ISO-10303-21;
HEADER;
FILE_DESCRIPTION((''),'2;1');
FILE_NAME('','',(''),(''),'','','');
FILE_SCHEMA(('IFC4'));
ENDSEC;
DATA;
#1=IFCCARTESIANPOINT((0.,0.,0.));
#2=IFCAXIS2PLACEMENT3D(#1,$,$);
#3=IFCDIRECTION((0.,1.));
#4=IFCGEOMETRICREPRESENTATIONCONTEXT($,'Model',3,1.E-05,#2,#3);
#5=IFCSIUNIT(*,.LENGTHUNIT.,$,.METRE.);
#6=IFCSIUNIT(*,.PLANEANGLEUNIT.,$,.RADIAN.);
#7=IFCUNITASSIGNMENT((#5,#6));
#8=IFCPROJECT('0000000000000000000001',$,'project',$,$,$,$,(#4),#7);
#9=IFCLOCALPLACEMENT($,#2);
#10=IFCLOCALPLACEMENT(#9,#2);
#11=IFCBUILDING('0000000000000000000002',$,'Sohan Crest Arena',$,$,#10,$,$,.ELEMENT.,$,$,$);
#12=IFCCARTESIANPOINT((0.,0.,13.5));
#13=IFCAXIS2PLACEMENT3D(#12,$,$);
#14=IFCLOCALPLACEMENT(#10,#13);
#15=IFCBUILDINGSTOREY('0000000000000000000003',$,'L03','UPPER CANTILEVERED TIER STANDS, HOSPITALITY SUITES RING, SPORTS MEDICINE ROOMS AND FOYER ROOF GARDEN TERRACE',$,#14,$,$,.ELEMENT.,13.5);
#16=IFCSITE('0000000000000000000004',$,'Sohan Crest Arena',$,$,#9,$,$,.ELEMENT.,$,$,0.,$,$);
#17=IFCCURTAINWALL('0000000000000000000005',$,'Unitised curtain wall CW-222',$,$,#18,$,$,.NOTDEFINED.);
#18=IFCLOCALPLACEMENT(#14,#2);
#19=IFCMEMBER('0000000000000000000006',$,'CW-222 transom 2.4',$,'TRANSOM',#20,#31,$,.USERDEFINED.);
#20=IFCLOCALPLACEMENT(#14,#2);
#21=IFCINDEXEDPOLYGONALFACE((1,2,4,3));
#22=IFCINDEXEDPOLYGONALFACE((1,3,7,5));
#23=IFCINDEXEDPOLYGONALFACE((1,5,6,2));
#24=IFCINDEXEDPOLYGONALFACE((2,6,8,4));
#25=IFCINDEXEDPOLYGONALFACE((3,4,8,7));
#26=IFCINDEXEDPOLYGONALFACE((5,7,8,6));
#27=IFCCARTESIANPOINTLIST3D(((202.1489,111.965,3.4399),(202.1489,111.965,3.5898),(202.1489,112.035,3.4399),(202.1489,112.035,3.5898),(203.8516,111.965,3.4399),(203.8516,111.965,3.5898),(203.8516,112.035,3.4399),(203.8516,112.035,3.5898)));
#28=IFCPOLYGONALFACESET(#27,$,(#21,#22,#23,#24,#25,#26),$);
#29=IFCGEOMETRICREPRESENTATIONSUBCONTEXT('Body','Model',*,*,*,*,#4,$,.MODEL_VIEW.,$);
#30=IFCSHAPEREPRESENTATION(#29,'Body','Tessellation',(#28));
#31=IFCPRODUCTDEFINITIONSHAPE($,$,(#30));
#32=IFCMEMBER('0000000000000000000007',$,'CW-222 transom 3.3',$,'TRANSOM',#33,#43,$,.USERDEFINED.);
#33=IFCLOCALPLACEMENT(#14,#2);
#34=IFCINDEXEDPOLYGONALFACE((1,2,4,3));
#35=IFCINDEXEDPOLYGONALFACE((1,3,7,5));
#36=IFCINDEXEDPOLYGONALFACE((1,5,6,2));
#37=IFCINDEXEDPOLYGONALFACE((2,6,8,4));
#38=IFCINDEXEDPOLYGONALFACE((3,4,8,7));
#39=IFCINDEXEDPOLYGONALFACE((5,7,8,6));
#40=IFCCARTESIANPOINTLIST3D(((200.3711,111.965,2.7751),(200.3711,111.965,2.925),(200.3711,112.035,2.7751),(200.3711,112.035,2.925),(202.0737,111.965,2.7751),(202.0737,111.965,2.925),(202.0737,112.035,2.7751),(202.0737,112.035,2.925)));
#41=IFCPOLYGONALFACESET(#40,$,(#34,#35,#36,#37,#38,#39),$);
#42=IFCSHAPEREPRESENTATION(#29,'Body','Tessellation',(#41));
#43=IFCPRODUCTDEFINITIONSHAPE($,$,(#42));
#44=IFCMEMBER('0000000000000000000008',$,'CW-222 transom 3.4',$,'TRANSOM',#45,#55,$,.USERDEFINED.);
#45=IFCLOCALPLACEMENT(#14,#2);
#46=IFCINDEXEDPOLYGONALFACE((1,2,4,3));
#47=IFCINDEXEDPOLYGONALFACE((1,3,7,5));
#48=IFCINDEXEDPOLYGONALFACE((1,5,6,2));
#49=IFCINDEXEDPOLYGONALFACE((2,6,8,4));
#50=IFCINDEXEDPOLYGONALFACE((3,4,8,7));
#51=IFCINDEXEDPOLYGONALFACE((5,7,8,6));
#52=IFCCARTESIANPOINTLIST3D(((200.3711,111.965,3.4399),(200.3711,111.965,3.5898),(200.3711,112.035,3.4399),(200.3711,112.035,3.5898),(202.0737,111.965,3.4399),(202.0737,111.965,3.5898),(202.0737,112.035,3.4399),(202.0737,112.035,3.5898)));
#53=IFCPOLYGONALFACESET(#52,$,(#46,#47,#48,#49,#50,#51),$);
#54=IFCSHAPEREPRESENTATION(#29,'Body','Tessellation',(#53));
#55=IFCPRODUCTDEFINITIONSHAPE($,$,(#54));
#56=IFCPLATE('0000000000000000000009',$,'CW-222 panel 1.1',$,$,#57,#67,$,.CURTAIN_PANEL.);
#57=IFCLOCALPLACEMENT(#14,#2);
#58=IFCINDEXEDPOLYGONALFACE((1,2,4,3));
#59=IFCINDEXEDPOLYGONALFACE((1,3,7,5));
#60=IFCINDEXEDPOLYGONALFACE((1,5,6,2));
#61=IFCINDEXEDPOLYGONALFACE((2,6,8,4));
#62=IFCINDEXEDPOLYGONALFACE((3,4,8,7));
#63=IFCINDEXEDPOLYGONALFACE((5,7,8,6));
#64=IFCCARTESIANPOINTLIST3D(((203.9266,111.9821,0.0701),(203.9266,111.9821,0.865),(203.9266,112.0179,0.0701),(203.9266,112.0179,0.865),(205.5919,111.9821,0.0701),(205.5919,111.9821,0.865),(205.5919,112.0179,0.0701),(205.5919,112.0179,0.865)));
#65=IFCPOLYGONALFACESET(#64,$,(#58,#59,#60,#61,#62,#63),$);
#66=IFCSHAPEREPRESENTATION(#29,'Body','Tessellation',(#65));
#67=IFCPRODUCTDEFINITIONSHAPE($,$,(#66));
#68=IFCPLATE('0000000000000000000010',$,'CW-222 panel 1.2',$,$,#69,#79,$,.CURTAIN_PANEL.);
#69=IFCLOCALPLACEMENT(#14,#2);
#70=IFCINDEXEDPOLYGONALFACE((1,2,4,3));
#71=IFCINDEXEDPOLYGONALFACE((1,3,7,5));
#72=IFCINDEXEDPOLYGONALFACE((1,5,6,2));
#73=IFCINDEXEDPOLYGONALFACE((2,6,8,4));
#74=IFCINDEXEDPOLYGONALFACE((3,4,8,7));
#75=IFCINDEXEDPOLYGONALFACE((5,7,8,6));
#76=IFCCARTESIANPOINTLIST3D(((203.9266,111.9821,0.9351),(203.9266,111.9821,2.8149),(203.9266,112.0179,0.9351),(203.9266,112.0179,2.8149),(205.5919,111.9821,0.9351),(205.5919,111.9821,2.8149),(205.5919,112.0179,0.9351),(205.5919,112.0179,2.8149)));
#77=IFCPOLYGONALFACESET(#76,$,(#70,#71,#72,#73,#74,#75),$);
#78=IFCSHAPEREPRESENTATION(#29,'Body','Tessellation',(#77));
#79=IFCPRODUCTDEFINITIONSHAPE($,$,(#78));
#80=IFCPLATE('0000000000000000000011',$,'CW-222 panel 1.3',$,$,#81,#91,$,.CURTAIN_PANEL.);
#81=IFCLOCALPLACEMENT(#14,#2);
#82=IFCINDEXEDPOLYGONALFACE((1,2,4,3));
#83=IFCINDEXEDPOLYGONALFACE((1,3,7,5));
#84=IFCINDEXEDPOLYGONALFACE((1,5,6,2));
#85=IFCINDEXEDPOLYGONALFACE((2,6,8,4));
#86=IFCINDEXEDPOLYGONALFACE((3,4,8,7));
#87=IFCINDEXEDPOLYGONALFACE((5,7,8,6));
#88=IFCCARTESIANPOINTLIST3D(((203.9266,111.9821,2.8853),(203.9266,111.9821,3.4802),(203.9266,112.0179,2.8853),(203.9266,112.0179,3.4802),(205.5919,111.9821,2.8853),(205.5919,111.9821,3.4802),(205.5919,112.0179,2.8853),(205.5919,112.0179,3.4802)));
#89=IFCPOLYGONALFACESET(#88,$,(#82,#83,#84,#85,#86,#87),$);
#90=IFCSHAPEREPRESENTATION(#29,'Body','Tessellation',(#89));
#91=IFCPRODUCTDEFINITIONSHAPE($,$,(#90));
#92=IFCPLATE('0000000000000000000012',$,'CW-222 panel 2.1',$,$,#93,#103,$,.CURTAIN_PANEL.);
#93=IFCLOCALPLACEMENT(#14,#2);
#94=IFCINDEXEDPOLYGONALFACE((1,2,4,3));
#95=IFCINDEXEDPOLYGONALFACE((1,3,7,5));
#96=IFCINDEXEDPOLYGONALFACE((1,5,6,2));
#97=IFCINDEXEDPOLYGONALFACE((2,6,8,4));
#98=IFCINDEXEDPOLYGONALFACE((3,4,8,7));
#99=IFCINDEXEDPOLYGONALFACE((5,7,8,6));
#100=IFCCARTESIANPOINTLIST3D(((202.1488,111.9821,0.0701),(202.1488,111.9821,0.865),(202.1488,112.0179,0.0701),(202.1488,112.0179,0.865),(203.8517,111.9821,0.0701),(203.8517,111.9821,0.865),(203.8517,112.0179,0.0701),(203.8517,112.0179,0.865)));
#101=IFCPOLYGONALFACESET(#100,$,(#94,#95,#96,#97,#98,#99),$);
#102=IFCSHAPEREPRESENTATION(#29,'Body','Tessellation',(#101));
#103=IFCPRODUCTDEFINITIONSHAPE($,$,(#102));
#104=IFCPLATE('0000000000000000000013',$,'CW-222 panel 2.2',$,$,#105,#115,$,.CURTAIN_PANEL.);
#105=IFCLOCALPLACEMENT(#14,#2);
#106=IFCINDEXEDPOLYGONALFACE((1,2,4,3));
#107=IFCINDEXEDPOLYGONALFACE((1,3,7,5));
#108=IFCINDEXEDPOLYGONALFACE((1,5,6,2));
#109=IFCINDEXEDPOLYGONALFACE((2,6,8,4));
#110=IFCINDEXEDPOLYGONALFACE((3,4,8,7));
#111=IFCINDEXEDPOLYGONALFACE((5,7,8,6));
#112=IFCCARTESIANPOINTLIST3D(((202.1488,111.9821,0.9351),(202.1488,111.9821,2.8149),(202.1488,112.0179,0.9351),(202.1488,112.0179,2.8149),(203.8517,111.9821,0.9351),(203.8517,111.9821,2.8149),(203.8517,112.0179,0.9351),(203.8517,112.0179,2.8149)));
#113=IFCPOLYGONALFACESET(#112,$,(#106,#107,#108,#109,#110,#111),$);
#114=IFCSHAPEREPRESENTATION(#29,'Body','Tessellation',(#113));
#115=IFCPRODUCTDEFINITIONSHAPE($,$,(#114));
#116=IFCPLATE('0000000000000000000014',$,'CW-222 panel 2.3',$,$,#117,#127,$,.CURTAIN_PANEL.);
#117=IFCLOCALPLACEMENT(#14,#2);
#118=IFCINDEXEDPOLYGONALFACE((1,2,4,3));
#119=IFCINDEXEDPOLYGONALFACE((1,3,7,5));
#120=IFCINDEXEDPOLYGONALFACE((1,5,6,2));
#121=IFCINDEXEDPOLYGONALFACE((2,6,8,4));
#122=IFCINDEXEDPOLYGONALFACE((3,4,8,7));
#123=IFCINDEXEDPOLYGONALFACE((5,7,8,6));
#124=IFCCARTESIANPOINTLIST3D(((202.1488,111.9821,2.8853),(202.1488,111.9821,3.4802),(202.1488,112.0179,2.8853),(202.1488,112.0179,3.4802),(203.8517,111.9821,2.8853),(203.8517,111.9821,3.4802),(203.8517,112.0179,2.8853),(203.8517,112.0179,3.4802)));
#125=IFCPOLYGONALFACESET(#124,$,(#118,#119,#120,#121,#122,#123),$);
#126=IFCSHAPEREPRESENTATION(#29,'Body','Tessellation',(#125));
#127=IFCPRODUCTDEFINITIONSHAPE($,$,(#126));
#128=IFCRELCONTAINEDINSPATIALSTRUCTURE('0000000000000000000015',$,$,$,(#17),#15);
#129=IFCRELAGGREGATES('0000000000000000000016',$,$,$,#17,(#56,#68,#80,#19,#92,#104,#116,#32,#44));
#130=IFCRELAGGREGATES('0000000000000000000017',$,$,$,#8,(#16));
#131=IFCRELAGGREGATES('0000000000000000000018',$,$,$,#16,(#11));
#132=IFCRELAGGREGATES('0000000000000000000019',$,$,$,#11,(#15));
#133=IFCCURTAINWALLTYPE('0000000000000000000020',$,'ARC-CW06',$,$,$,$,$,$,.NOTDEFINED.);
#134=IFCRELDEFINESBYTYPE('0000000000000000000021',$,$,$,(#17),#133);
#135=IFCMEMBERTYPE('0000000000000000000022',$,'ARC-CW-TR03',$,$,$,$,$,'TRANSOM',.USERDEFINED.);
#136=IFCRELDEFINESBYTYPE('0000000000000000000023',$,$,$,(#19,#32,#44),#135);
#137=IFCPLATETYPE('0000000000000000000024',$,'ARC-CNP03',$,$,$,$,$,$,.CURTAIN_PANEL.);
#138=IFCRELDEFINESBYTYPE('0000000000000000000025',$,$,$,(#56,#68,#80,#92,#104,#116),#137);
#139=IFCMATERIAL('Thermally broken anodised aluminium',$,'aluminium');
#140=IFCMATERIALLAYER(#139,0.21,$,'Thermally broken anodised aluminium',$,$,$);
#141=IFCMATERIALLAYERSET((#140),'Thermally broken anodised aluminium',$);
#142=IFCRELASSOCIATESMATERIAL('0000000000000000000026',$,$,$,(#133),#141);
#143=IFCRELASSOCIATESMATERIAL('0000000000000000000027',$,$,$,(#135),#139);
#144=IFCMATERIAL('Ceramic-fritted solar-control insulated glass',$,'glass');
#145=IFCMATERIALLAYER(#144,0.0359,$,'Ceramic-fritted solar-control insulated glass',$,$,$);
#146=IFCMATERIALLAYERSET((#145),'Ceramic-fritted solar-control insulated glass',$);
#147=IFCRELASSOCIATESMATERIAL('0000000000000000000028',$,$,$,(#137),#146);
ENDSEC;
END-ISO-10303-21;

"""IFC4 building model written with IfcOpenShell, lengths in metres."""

from ifc_helpers import new_model, si_unit, direction, frame, origin, origin_2d, place, context, subcontext, project, spatial, rectangle, extrude, material, layer, layer_set, material_profile, profile_set, type_object, element, aggregate, save


model = new_model("IFC4")

# Units and contexts
model_context = context("Model", 3, precision=1e-05, world=origin(), true_north=direction((0.0, 1.0)))
body_context = subcontext(model_context, "Body", "Model", "MODEL_VIEW")
ifc_project = project(units=[si_unit("LENGTHUNIT", "METRE"), si_unit("PLANEANGLEUNIT", "RADIAN")], contexts=[model_context])

# Site, building, storey
site_placement = place(None, origin())
site = spatial("IfcSite", under=ifc_project, at=site_placement, Name="Sohan Crest Arena", CompositionType="ELEMENT", RefElevation=0.0)
building_placement = place(site_placement, origin())
building = spatial("IfcBuilding", under=site, at=building_placement, Name="Sohan Crest Arena", CompositionType="ELEMENT")
storey_placement = place(building_placement, frame((0.0, 0.0, 13.5)))
storey = spatial("IfcBuildingStorey", under=building, at=storey_placement, Name="L03", Description="UPPER CANTILEVERED TIER STANDS, HOSPITALITY SUITES RING, SPORTS MEDICINE ROOMS AND FOYER ROOF GARDEN TERRACE", CompositionType="ELEMENT", Elevation=13.5)

# Curtain wall, members, plates
ifc_material_1 = material(Name="Thermally broken anodised aluminium", Category="aluminium")
ifc_layer_1 = layer(ifc_material_1, 0.21, Name="Thermally broken anodised aluminium")
ifc_layer_set_1 = layer_set([ifc_layer_1], Name="Thermally broken anodised aluminium")
curtain_wall_type = type_object("IfcCurtainWallType", Name="ARC-CW06", PredefinedType="NOTDEFINED", material=ifc_layer_set_1)
curtain_wall_placement = place(storey_placement, origin())
curtain_wall = element("IfcCurtainWall", 1, at=curtain_wall_placement, inside=storey, type_object=curtain_wall_type, Name="Unitised curtain wall CW-222", PredefinedType="NOTDEFINED")
ifc_material_profile_1 = material_profile(ifc_material_1, rectangle(XDim=0.0701, YDim=0.1499, at=origin_2d()), Name="ALU-TRAN 70x150")
ifc_profile_set_1 = profile_set([ifc_material_profile_1], Name="Thermally broken anodised aluminium")
member_type_1 = type_object("IfcMemberType", Name="ARC-CW-TR03", ElementType="TRANSOM", PredefinedType="USERDEFINED", material=ifc_profile_set_1)
member_1_placement = place(storey_placement, frame((203.8516, 112.0, 3.5149), z_axis=(-1.0, 0.0, 0.0), x_axis=(0.0, -1.0, 0.0)))
member_1 = element("IfcMember", 2, at=member_1_placement, type_object=member_type_1, Name="CW-222 transom 2.4", ObjectType="TRANSOM", PredefinedType="USERDEFINED", context=body_context, shape_type="SweptSolid", body=[
    extrude(rectangle(XDim=0.0701, YDim=0.1499, at=origin_2d()), origin(), (0.0, 0.0, 1.0), 1.7026),
])
member_2_placement = place(storey_placement, frame((202.0737, 112.0, 2.8501), z_axis=(-1.0, 0.0, 0.0), x_axis=(0.0, -1.0, 0.0)))
member_2 = element("IfcMember", 3, at=member_2_placement, type_object=member_type_1, Name="CW-222 transom 3.3", ObjectType="TRANSOM", PredefinedType="USERDEFINED", context=body_context, shape_type="SweptSolid", body=[
    extrude(rectangle(XDim=0.0701, YDim=0.1499, at=origin_2d()), origin(), (0.0, 0.0, 1.0), 1.7026),
])
member_3_placement = place(storey_placement, frame((202.0737, 112.0, 3.5149), z_axis=(-1.0, 0.0, 0.0), x_axis=(0.0, -1.0, 0.0)))
member_3 = element("IfcMember", 4, at=member_3_placement, type_object=member_type_1, Name="CW-222 transom 3.4", ObjectType="TRANSOM", PredefinedType="USERDEFINED", context=body_context, shape_type="SweptSolid", body=[
    extrude(rectangle(XDim=0.0701, YDim=0.1499, at=origin_2d()), origin(), (0.0, 0.0, 1.0), 1.7026),
])
ifc_material_2 = material(Name="Ceramic-fritted solar-control insulated glass", Category="glass")
ifc_layer_2 = layer(ifc_material_2, 0.0359, Name="Ceramic-fritted solar-control insulated glass")
ifc_layer_set_2 = layer_set([ifc_layer_2], Name="Ceramic-fritted solar-control insulated glass")
plate_type = type_object("IfcPlateType", Name="ARC-CNP03", PredefinedType="CURTAIN_PANEL", material=ifc_layer_set_2)
plate_1_placement = place(storey_placement, frame((204.7593, 112.0, 0.0701), z_axis=(0.0, 0.0, 1.0), x_axis=(-1.0, 0.0, 0.0)))
plate_1 = element("IfcPlate", 5, at=plate_1_placement, type_object=plate_type, Name="CW-222 panel 1.1", PredefinedType="CURTAIN_PANEL", context=body_context, shape_type="SweptSolid", body=[
    extrude(rectangle(XDim=1.6653, YDim=0.0359, at=origin_2d()), origin(), (0.0, 0.0, 1.0), 0.7949),
])
plate_2_placement = place(storey_placement, frame((204.7593, 112.0, 0.9351), z_axis=(0.0, 0.0, 1.0), x_axis=(-1.0, 0.0, 0.0)))
plate_2 = element("IfcPlate", 6, at=plate_2_placement, type_object=plate_type, Name="CW-222 panel 1.2", PredefinedType="CURTAIN_PANEL", context=body_context, shape_type="SweptSolid", body=[
    extrude(rectangle(XDim=1.6653, YDim=0.0359, at=origin_2d()), origin(), (0.0, 0.0, 1.0), 1.8799),
])
plate_3_placement = place(storey_placement, frame((204.7593, 112.0, 2.8853), z_axis=(0.0, 0.0, 1.0), x_axis=(-1.0, 0.0, 0.0)))
plate_3 = element("IfcPlate", 7, at=plate_3_placement, type_object=plate_type, Name="CW-222 panel 1.3", PredefinedType="CURTAIN_PANEL", context=body_context, shape_type="SweptSolid", body=[
    extrude(rectangle(XDim=1.6653, YDim=0.0359, at=origin_2d()), origin(), (0.0, 0.0, 1.0), 0.595),
])
plate_4_placement = place(storey_placement, frame((203.0002, 112.0, 0.0701), z_axis=(0.0, 0.0, 1.0), x_axis=(-1.0, 0.0, 0.0)))
plate_4 = element("IfcPlate", 8, at=plate_4_placement, type_object=plate_type, Name="CW-222 panel 2.1", PredefinedType="CURTAIN_PANEL", context=body_context, shape_type="SweptSolid", body=[
    extrude(rectangle(XDim=1.7029, YDim=0.0359, at=origin_2d()), origin(), (0.0, 0.0, 1.0), 0.7949),
])
plate_5_placement = place(storey_placement, frame((203.0002, 112.0, 0.9351), z_axis=(0.0, 0.0, 1.0), x_axis=(-1.0, 0.0, 0.0)))
plate_5 = element("IfcPlate", 9, at=plate_5_placement, type_object=plate_type, Name="CW-222 panel 2.2", PredefinedType="CURTAIN_PANEL", context=body_context, shape_type="SweptSolid", body=[
    extrude(rectangle(XDim=1.7029, YDim=0.0359, at=origin_2d()), origin(), (0.0, 0.0, 1.0), 1.8799),
])
plate_6_placement = place(storey_placement, frame((203.0002, 112.0, 2.8853), z_axis=(0.0, 0.0, 1.0), x_axis=(-1.0, 0.0, 0.0)))
plate_6 = element("IfcPlate", 10, at=plate_6_placement, type_object=plate_type, Name="CW-222 panel 2.3", PredefinedType="CURTAIN_PANEL", context=body_context, shape_type="SweptSolid", body=[
    extrude(rectangle(XDim=1.7029, YDim=0.0359, at=origin_2d()), origin(), (0.0, 0.0, 1.0), 0.595),
])
aggregate(curtain_wall, [plate_1, plate_2, plate_3, member_1, plate_4, plate_5, plate_6, member_2, member_3])

save(model, "model.ifc")
